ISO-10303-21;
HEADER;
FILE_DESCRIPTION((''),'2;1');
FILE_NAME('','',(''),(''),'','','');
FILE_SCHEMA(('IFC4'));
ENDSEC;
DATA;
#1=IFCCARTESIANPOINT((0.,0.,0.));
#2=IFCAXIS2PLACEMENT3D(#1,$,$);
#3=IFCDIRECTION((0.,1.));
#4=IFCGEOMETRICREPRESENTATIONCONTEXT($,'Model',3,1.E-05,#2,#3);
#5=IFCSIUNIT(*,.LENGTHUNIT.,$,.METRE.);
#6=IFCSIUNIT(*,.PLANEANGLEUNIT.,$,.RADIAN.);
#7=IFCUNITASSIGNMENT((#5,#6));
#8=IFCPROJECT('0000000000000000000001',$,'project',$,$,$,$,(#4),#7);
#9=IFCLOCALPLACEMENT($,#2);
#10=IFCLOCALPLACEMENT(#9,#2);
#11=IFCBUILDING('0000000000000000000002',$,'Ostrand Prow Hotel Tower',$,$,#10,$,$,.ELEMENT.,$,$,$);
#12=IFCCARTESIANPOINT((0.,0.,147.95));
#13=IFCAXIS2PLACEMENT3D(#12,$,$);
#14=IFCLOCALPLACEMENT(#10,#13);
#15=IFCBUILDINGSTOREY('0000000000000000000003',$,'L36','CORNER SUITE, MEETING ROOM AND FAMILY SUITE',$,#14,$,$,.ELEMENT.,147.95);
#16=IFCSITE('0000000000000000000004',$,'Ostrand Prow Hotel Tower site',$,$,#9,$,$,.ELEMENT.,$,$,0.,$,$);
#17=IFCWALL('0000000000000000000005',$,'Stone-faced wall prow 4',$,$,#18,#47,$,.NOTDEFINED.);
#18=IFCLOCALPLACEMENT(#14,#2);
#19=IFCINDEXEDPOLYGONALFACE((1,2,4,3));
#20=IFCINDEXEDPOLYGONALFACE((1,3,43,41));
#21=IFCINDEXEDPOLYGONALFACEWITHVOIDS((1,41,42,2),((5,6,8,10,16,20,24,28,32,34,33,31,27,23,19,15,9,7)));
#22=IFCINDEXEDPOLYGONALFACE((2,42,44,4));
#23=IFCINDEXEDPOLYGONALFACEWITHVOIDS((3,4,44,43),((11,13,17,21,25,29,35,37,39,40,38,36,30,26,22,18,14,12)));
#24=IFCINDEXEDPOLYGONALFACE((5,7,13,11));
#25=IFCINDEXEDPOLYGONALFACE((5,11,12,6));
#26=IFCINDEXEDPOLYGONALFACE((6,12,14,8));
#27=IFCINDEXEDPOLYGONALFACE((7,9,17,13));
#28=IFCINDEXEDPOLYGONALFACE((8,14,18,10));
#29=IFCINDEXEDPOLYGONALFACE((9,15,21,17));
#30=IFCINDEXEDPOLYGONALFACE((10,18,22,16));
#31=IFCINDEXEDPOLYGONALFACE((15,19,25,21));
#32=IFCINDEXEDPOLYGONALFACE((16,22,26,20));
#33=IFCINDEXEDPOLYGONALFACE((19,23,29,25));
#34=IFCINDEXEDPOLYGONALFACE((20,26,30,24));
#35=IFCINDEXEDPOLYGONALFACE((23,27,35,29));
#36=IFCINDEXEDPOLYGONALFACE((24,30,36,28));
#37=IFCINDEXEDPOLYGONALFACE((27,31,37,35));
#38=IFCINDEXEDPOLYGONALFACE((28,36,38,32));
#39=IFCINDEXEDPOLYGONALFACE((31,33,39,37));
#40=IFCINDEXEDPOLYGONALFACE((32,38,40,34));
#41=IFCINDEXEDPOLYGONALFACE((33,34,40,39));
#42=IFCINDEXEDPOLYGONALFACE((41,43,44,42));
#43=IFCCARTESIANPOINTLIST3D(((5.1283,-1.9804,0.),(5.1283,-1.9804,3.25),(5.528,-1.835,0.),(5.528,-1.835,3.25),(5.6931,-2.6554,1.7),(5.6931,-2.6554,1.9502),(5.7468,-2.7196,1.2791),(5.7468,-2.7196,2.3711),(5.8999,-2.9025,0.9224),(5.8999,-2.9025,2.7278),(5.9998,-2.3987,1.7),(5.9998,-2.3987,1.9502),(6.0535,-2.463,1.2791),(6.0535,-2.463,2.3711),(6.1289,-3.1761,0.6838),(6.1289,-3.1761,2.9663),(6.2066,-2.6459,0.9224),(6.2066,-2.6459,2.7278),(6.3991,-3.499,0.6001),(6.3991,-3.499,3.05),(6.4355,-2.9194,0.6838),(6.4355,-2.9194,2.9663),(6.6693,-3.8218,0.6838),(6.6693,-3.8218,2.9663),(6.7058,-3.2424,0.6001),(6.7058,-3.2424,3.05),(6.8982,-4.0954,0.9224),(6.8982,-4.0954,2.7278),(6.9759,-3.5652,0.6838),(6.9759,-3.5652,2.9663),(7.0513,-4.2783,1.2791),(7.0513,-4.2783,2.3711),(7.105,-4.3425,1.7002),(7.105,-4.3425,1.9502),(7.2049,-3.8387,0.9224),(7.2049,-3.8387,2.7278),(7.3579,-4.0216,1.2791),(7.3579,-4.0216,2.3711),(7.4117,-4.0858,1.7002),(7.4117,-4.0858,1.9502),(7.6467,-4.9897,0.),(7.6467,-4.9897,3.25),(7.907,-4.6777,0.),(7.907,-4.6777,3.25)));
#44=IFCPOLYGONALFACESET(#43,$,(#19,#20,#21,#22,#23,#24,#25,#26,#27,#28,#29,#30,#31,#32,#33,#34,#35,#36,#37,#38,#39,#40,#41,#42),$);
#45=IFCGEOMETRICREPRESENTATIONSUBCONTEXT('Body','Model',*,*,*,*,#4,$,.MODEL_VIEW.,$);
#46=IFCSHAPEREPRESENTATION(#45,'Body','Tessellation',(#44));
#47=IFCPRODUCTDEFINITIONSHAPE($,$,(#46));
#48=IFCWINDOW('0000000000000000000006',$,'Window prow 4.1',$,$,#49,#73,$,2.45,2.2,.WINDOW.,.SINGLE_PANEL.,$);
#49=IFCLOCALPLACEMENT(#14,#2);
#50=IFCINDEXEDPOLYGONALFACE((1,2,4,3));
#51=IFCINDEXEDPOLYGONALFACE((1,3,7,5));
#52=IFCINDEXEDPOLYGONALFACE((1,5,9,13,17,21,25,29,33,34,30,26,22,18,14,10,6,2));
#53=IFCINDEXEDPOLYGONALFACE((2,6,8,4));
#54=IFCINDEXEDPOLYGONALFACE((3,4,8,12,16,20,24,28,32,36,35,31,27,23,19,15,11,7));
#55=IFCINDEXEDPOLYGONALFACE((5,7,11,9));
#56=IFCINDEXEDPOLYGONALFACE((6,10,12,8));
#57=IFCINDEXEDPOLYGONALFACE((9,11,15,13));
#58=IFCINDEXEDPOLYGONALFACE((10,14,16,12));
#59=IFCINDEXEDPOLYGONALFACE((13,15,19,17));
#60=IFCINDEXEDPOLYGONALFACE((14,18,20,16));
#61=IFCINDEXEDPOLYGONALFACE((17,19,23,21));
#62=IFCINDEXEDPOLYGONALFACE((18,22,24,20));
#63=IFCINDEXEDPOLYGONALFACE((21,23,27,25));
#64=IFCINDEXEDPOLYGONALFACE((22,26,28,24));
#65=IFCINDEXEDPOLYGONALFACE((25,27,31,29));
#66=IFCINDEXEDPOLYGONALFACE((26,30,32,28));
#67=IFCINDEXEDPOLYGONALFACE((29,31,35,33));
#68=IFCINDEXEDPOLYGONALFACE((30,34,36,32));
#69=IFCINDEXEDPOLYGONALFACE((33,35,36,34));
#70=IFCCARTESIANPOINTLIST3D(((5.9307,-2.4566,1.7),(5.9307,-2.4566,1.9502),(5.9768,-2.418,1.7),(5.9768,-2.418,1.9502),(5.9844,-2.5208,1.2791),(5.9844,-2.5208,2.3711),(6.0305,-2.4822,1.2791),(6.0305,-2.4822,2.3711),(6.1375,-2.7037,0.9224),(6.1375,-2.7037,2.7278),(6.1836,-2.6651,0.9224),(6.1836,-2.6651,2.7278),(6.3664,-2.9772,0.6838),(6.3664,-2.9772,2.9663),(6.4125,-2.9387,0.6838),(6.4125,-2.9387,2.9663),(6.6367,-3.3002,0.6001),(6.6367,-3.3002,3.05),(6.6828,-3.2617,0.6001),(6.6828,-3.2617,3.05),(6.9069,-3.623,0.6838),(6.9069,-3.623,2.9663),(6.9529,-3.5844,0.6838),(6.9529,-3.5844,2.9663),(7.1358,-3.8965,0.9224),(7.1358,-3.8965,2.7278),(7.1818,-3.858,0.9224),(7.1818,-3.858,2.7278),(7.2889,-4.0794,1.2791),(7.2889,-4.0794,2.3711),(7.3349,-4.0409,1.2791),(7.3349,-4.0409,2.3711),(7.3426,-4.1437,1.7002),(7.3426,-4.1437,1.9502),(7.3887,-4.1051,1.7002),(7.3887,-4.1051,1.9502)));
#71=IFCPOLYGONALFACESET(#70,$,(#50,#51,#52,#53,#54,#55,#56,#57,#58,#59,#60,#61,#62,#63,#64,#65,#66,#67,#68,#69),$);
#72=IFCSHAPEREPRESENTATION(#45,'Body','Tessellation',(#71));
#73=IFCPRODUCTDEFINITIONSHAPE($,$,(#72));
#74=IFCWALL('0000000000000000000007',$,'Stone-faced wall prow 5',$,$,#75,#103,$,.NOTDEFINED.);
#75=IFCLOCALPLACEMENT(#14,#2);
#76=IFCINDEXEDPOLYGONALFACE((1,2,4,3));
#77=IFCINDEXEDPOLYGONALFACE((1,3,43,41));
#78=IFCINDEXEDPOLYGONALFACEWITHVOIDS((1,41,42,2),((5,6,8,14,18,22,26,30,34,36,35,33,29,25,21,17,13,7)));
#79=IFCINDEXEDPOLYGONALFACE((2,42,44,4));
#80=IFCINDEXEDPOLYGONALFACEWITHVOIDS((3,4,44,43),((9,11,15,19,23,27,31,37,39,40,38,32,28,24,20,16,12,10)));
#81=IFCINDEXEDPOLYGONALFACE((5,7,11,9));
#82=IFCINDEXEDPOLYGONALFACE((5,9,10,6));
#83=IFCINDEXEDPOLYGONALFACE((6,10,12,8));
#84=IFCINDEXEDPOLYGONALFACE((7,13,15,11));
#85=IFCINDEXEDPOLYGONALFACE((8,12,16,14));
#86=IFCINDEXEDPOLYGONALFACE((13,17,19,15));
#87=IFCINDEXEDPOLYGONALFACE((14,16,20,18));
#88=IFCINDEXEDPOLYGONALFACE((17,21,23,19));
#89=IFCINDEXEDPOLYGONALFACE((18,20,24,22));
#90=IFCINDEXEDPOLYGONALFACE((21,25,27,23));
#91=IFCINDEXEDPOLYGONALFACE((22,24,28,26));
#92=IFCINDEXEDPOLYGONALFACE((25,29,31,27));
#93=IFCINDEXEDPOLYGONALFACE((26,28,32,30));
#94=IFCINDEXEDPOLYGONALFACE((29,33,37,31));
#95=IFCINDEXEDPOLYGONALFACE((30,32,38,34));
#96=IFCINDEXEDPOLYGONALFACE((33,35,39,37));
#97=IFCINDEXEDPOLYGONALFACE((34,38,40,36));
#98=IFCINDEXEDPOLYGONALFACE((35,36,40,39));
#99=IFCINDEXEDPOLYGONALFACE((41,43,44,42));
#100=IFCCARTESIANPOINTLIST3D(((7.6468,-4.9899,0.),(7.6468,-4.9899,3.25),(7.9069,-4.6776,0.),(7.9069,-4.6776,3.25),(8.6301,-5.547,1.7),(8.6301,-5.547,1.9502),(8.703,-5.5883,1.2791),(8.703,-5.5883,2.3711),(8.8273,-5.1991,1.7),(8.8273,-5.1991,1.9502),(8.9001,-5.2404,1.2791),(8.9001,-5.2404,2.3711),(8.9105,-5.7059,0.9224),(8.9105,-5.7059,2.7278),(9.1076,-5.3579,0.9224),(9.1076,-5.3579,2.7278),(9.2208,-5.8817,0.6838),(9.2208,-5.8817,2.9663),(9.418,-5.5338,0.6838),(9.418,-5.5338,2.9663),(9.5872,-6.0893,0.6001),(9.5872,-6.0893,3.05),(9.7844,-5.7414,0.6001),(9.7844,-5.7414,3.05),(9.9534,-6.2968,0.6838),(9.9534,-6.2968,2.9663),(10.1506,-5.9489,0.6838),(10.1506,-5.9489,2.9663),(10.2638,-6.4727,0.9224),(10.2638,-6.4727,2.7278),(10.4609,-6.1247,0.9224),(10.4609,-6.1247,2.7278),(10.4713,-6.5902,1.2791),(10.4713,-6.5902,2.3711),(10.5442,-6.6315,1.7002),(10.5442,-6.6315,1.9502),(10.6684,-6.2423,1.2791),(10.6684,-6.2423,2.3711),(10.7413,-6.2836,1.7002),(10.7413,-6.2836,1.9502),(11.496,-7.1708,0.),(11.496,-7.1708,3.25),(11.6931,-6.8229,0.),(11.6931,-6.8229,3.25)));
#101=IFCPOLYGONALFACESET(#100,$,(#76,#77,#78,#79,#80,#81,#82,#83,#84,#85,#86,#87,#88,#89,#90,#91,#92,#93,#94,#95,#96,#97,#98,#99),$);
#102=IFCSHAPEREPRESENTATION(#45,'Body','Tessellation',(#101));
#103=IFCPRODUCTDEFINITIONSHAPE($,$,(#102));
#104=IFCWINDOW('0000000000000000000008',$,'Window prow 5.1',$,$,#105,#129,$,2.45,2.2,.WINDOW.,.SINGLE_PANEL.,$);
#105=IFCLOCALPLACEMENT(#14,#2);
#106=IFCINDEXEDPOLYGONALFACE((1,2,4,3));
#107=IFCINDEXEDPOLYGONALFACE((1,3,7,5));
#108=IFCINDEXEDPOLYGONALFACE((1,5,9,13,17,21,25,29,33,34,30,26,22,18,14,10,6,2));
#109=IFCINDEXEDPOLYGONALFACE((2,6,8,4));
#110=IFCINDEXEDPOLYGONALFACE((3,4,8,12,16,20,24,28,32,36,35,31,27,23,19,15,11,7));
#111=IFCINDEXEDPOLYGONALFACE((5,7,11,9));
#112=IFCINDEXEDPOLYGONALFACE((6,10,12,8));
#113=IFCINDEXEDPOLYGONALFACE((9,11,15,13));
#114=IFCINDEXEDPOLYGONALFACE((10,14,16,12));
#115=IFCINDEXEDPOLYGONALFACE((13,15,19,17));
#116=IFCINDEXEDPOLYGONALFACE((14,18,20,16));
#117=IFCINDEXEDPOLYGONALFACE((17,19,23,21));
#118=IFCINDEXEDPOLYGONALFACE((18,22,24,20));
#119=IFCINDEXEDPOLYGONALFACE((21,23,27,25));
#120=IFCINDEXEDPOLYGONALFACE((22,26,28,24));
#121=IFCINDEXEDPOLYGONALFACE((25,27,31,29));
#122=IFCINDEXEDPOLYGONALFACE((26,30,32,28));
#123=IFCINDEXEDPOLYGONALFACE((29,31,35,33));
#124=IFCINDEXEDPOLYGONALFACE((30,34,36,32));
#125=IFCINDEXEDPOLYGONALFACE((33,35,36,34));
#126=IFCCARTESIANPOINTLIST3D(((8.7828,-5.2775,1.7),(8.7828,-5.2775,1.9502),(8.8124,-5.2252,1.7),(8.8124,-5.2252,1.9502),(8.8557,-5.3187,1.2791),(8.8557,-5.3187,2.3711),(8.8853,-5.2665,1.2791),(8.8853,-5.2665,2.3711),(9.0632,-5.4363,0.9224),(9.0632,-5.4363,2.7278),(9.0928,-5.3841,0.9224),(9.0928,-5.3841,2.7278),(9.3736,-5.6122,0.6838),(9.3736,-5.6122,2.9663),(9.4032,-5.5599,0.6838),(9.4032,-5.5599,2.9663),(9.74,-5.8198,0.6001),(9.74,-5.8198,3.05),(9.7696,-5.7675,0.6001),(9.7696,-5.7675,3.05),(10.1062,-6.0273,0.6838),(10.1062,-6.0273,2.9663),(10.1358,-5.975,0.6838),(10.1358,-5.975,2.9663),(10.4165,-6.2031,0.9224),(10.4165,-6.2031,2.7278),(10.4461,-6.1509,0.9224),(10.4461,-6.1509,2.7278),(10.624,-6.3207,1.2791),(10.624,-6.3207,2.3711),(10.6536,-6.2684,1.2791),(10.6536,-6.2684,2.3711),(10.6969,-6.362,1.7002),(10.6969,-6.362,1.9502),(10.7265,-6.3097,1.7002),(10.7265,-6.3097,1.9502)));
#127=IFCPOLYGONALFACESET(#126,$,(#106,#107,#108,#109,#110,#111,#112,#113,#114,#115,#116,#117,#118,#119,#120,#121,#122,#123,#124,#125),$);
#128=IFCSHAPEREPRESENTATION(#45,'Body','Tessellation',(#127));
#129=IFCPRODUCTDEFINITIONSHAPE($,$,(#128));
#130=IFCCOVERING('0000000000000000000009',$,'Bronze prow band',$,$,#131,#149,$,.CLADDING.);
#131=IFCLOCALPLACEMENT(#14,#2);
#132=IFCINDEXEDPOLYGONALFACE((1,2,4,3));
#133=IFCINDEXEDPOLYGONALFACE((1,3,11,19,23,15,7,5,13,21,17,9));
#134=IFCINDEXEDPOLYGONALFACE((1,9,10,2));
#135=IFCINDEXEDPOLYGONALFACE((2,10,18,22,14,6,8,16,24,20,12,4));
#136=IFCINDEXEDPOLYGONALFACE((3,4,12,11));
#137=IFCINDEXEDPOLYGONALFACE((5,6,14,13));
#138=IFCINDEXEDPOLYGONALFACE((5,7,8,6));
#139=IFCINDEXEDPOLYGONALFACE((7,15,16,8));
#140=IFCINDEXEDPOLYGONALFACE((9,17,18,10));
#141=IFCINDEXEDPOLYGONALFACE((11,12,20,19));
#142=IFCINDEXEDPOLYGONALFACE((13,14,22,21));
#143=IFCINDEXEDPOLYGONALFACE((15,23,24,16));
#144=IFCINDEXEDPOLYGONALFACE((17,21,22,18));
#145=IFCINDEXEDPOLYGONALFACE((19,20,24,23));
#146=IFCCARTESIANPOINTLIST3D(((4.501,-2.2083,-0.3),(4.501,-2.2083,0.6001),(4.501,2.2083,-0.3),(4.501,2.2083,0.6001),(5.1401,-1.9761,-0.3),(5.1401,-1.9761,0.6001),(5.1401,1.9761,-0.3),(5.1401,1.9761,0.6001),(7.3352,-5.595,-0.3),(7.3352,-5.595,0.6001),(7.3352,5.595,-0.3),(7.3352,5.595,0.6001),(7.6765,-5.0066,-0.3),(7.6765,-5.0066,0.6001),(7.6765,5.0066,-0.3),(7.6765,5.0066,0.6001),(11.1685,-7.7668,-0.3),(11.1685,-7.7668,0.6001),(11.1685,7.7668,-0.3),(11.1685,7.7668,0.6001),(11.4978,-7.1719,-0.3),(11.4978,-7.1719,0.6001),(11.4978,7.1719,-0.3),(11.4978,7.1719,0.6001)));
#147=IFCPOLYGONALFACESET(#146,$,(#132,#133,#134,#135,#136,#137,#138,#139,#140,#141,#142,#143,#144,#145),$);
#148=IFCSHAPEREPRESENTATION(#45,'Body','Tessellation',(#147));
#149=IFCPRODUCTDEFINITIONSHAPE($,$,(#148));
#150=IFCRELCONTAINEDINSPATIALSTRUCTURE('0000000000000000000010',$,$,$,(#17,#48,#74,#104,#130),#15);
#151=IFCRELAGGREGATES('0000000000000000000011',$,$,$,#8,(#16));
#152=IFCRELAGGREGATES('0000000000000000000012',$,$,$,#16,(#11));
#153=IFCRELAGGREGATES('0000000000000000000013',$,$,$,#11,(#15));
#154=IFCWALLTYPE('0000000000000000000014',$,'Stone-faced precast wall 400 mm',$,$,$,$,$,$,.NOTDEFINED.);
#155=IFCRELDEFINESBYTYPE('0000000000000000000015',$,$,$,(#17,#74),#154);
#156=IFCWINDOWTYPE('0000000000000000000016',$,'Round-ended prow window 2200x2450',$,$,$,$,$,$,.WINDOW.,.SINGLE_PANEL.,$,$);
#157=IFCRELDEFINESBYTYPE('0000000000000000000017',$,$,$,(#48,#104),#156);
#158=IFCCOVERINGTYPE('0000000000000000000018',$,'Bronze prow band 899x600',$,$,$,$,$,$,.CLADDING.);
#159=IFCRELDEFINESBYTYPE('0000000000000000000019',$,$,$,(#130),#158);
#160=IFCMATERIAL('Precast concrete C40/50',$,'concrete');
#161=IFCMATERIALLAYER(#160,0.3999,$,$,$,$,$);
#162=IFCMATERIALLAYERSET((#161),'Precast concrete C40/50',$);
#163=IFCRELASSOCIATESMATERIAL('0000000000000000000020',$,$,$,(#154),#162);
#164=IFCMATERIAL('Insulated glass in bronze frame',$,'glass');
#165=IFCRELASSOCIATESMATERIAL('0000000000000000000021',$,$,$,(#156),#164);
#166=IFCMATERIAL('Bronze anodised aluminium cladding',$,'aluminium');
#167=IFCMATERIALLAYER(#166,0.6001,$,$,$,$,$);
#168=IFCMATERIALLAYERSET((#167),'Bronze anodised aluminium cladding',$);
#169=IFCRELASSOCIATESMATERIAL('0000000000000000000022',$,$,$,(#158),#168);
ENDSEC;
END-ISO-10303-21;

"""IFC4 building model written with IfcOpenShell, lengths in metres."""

from ifc_helpers import new_model, si_unit, direction, frame, origin, place, context, subcontext, project, spatial, polyline, outline, extrude, material, layer, layer_set, type_object, element, fill, save


model = new_model("IFC4")

# Units and contexts
model_context = context("Model", 3, precision=1e-05, world=origin(), true_north=direction((0.0, 1.0)))
body_context = subcontext(model_context, "Body", "Model", "MODEL_VIEW")
ifc_project = project(units=[si_unit("LENGTHUNIT", "METRE"), si_unit("PLANEANGLEUNIT", "RADIAN")], contexts=[model_context])

# Site, building, storey
site_placement = place(None, origin())
site = spatial("IfcSite", under=ifc_project, at=site_placement, Name="Ostrand Prow Hotel Tower site", CompositionType="ELEMENT", RefElevation=0.0)
building_placement = place(site_placement, origin())
building = spatial("IfcBuilding", under=site, at=building_placement, Name="Ostrand Prow Hotel Tower", CompositionType="ELEMENT")
storey_placement = place(building_placement, frame((0.0, 0.0, 147.95)))
storey = spatial("IfcBuildingStorey", under=building, at=storey_placement, Name="L36", Description="CORNER SUITE, MEETING ROOM AND FAMILY SUITE", CompositionType="ELEMENT", Elevation=147.95)

# Walls, openings, windows
ifc_material_1 = material(Name="Precast concrete C40/50", Category="concrete")
ifc_layer_1 = layer(ifc_material_1, 0.3999)
ifc_layer_set_1 = layer_set([ifc_layer_1], Name="Precast concrete C40/50")
wall_type_1 = type_object("IfcWallType", Name="Stone-faced precast wall 400 mm", PredefinedType="NOTDEFINED", material=ifc_layer_set_1)
wall_1_placement = place(storey_placement, frame((5.3281, -1.9077, 0.0), z_axis=(0.0, 0.0, 1.0), x_axis=(0.641788, -0.766882, 0.0)))
wall_1 = element("IfcWall", 1, at=wall_1_placement, inside=storey, type_object=wall_type_1, Name="Stone-faced wall prow 4", PredefinedType="NOTDEFINED", context=body_context, shape_type="SweptSolid", body=[
    extrude(outline(polyline([(-0.0725, -0.2), (3.8516, -0.2), (3.7793, 0.2), (0.0725, 0.2), (-0.0725, -0.2)])), origin(), (0.0, 0.0, 1.0), 3.25),
])
opening_1_placement = place(wall_1_placement, frame((0.8076, 0.0, 0.6001)))
opening_1 = element("IfcOpeningElement", 2, at=opening_1_placement, cuts=wall_1, PredefinedType="OPENING", context=body_context, shape_type="SweptSolid", body=[
    extrude(outline(polyline([(0.0, 1.3501), (0.0837, 1.771), (0.3223, 2.1277), (0.679, 2.3662), (1.1001, 2.45), (1.521, 2.3662), (1.8777, 2.1277), (2.1162, 1.771), (2.2, 1.3501), (2.2, 1.1001), (2.1162, 0.679), (1.8777, 0.3223), (1.521, 0.0837), (1.1001, 0.0), (0.679, 0.0837), (0.3223, 0.3223), (0.0837, 0.679), (0.0, 1.0999), (0.0, 1.3501)])), frame((0.0, 0.21, 0.0), z_axis=(0.0, -1.0, 0.0), x_axis=(1.0, 0.0, 0.0)), (0.0, 0.0, 1.0), 0.4199),
])
ifc_material_2 = material(Name="Insulated glass in bronze frame", Category="glass")
window_type = type_object("IfcWindowType", Name="Round-ended prow window 2200x2450", PartitioningType="SINGLE_PANEL", PredefinedType="WINDOW", material=ifc_material_2)
window_1_placement = place(opening_1_placement, origin())
window_1 = element("IfcWindow", 3, at=window_1_placement, inside=storey, type_object=window_type, Name="Window prow 4.1", OverallHeight=2.45, OverallWidth=2.2, PartitioningType="SINGLE_PANEL", PredefinedType="WINDOW", context=body_context, shape_type="SweptSolid", body=[
    extrude(outline(polyline([(0.0, 1.3501), (0.0837, 1.771), (0.3223, 2.1277), (0.679, 2.3662), (1.1001, 2.45), (1.521, 2.3662), (1.8777, 2.1277), (2.1162, 1.771), (2.2, 1.3501), (2.2, 1.1001), (2.1162, 0.679), (1.8777, 0.3223), (1.521, 0.0837), (1.1001, 0.0), (0.679, 0.0837), (0.3223, 0.3223), (0.0837, 0.679), (0.0, 1.0999), (0.0, 1.3501)])), frame((0.0, 0.1699, 0.0), z_axis=(0.0, -1.0, 0.0), x_axis=(1.0, 0.0, 0.0)), (0.0, 0.0, 1.0), 0.0601),
])
fill(opening_1, window_1)
wall_2_placement = place(storey_placement, frame((7.7769, -4.8337, 0.0), z_axis=(0.0, 0.0, 1.0), x_axis=(0.870045, -0.492972, 0.0)))
wall_2 = element("IfcWall", 4, at=wall_2_placement, inside=storey, type_object=wall_type_1, Name="Stone-faced wall prow 5", PredefinedType="NOTDEFINED", context=body_context, shape_type="SweptSolid", body=[
    extrude(outline(polyline([(-0.0361, -0.2), (4.3879, -0.2), (4.3879, 0.2), (0.0361, 0.2), (-0.0361, -0.2)])), origin(), (0.0, 0.0, 1.0), 3.25),
])
opening_2_placement = place(wall_2_placement, frame((1.094, 0.0, 0.6001)))
opening_2 = element("IfcOpeningElement", 5, at=opening_2_placement, cuts=wall_2, PredefinedType="OPENING", context=body_context, shape_type="SweptSolid", body=[
    extrude(outline(polyline([(0.0, 1.3501), (0.0837, 1.771), (0.3223, 2.1277), (0.679, 2.3662), (1.1001, 2.45), (1.521, 2.3662), (1.8777, 2.1277), (2.1162, 1.771), (2.2, 1.3501), (2.2, 1.1001), (2.1162, 0.679), (1.8777, 0.3223), (1.521, 0.0837), (1.1001, 0.0), (0.679, 0.0837), (0.3223, 0.3223), (0.0837, 0.679), (0.0, 1.0999), (0.0, 1.3501)])), frame((0.0, 0.21, 0.0), z_axis=(0.0, -1.0, 0.0), x_axis=(1.0, 0.0, 0.0)), (0.0, 0.0, 1.0), 0.4199),
])
window_2_placement = place(opening_2_placement, origin())
window_2 = element("IfcWindow", 6, at=window_2_placement, inside=storey, type_object=window_type, Name="Window prow 5.1", OverallHeight=2.45, OverallWidth=2.2, PartitioningType="SINGLE_PANEL", PredefinedType="WINDOW", context=body_context, shape_type="SweptSolid", body=[
    extrude(outline(polyline([(0.0, 1.3501), (0.0837, 1.771), (0.3223, 2.1277), (0.679, 2.3662), (1.1001, 2.45), (1.521, 2.3662), (1.8777, 2.1277), (2.1162, 1.771), (2.2, 1.3501), (2.2, 1.1001), (2.1162, 0.679), (1.8777, 0.3223), (1.521, 0.0837), (1.1001, 0.0), (0.679, 0.0837), (0.3223, 0.3223), (0.0837, 0.679), (0.0, 1.0999), (0.0, 1.3501)])), frame((0.0, 0.1699, 0.0), z_axis=(0.0, -1.0, 0.0), x_axis=(1.0, 0.0, 0.0)), (0.0, 0.0, 1.0), 0.0601),
])
fill(opening_2, window_2)

# Covering
ifc_material_3 = material(Name="Bronze anodised aluminium cladding", Category="aluminium")
ifc_layer_2 = layer(ifc_material_3, 0.6001)
ifc_layer_set_2 = layer_set([ifc_layer_2], Name="Bronze anodised aluminium cladding")
covering_type_1 = type_object("IfcCoveringType", Name="Bronze prow band 899x600", PredefinedType="CLADDING", material=ifc_layer_set_2)
covering_1_placement = place(storey_placement, frame((0.0, 0.0, -0.3)))
element("IfcCovering", 7, at=covering_1_placement, inside=storey, type_object=covering_type_1, Name="Bronze prow band", PredefinedType="CLADDING", context=body_context, shape_type="SweptSolid", body=[
    extrude(outline(polyline([(11.1685, 7.7668), (7.3352, 5.595), (4.501, 2.2083), (4.501, -2.2083), (7.3352, -5.595), (11.1685, -7.7668), (11.4978, -7.1719), (7.6765, -5.0066), (5.1401, -1.9761), (5.1401, 1.9761), (7.6765, 5.0066), (11.4978, 7.1719), (11.1685, 7.7668)])), origin(), (0.0, 0.0, 1.0), 0.9001),
])

save(model, "model.ifc")
